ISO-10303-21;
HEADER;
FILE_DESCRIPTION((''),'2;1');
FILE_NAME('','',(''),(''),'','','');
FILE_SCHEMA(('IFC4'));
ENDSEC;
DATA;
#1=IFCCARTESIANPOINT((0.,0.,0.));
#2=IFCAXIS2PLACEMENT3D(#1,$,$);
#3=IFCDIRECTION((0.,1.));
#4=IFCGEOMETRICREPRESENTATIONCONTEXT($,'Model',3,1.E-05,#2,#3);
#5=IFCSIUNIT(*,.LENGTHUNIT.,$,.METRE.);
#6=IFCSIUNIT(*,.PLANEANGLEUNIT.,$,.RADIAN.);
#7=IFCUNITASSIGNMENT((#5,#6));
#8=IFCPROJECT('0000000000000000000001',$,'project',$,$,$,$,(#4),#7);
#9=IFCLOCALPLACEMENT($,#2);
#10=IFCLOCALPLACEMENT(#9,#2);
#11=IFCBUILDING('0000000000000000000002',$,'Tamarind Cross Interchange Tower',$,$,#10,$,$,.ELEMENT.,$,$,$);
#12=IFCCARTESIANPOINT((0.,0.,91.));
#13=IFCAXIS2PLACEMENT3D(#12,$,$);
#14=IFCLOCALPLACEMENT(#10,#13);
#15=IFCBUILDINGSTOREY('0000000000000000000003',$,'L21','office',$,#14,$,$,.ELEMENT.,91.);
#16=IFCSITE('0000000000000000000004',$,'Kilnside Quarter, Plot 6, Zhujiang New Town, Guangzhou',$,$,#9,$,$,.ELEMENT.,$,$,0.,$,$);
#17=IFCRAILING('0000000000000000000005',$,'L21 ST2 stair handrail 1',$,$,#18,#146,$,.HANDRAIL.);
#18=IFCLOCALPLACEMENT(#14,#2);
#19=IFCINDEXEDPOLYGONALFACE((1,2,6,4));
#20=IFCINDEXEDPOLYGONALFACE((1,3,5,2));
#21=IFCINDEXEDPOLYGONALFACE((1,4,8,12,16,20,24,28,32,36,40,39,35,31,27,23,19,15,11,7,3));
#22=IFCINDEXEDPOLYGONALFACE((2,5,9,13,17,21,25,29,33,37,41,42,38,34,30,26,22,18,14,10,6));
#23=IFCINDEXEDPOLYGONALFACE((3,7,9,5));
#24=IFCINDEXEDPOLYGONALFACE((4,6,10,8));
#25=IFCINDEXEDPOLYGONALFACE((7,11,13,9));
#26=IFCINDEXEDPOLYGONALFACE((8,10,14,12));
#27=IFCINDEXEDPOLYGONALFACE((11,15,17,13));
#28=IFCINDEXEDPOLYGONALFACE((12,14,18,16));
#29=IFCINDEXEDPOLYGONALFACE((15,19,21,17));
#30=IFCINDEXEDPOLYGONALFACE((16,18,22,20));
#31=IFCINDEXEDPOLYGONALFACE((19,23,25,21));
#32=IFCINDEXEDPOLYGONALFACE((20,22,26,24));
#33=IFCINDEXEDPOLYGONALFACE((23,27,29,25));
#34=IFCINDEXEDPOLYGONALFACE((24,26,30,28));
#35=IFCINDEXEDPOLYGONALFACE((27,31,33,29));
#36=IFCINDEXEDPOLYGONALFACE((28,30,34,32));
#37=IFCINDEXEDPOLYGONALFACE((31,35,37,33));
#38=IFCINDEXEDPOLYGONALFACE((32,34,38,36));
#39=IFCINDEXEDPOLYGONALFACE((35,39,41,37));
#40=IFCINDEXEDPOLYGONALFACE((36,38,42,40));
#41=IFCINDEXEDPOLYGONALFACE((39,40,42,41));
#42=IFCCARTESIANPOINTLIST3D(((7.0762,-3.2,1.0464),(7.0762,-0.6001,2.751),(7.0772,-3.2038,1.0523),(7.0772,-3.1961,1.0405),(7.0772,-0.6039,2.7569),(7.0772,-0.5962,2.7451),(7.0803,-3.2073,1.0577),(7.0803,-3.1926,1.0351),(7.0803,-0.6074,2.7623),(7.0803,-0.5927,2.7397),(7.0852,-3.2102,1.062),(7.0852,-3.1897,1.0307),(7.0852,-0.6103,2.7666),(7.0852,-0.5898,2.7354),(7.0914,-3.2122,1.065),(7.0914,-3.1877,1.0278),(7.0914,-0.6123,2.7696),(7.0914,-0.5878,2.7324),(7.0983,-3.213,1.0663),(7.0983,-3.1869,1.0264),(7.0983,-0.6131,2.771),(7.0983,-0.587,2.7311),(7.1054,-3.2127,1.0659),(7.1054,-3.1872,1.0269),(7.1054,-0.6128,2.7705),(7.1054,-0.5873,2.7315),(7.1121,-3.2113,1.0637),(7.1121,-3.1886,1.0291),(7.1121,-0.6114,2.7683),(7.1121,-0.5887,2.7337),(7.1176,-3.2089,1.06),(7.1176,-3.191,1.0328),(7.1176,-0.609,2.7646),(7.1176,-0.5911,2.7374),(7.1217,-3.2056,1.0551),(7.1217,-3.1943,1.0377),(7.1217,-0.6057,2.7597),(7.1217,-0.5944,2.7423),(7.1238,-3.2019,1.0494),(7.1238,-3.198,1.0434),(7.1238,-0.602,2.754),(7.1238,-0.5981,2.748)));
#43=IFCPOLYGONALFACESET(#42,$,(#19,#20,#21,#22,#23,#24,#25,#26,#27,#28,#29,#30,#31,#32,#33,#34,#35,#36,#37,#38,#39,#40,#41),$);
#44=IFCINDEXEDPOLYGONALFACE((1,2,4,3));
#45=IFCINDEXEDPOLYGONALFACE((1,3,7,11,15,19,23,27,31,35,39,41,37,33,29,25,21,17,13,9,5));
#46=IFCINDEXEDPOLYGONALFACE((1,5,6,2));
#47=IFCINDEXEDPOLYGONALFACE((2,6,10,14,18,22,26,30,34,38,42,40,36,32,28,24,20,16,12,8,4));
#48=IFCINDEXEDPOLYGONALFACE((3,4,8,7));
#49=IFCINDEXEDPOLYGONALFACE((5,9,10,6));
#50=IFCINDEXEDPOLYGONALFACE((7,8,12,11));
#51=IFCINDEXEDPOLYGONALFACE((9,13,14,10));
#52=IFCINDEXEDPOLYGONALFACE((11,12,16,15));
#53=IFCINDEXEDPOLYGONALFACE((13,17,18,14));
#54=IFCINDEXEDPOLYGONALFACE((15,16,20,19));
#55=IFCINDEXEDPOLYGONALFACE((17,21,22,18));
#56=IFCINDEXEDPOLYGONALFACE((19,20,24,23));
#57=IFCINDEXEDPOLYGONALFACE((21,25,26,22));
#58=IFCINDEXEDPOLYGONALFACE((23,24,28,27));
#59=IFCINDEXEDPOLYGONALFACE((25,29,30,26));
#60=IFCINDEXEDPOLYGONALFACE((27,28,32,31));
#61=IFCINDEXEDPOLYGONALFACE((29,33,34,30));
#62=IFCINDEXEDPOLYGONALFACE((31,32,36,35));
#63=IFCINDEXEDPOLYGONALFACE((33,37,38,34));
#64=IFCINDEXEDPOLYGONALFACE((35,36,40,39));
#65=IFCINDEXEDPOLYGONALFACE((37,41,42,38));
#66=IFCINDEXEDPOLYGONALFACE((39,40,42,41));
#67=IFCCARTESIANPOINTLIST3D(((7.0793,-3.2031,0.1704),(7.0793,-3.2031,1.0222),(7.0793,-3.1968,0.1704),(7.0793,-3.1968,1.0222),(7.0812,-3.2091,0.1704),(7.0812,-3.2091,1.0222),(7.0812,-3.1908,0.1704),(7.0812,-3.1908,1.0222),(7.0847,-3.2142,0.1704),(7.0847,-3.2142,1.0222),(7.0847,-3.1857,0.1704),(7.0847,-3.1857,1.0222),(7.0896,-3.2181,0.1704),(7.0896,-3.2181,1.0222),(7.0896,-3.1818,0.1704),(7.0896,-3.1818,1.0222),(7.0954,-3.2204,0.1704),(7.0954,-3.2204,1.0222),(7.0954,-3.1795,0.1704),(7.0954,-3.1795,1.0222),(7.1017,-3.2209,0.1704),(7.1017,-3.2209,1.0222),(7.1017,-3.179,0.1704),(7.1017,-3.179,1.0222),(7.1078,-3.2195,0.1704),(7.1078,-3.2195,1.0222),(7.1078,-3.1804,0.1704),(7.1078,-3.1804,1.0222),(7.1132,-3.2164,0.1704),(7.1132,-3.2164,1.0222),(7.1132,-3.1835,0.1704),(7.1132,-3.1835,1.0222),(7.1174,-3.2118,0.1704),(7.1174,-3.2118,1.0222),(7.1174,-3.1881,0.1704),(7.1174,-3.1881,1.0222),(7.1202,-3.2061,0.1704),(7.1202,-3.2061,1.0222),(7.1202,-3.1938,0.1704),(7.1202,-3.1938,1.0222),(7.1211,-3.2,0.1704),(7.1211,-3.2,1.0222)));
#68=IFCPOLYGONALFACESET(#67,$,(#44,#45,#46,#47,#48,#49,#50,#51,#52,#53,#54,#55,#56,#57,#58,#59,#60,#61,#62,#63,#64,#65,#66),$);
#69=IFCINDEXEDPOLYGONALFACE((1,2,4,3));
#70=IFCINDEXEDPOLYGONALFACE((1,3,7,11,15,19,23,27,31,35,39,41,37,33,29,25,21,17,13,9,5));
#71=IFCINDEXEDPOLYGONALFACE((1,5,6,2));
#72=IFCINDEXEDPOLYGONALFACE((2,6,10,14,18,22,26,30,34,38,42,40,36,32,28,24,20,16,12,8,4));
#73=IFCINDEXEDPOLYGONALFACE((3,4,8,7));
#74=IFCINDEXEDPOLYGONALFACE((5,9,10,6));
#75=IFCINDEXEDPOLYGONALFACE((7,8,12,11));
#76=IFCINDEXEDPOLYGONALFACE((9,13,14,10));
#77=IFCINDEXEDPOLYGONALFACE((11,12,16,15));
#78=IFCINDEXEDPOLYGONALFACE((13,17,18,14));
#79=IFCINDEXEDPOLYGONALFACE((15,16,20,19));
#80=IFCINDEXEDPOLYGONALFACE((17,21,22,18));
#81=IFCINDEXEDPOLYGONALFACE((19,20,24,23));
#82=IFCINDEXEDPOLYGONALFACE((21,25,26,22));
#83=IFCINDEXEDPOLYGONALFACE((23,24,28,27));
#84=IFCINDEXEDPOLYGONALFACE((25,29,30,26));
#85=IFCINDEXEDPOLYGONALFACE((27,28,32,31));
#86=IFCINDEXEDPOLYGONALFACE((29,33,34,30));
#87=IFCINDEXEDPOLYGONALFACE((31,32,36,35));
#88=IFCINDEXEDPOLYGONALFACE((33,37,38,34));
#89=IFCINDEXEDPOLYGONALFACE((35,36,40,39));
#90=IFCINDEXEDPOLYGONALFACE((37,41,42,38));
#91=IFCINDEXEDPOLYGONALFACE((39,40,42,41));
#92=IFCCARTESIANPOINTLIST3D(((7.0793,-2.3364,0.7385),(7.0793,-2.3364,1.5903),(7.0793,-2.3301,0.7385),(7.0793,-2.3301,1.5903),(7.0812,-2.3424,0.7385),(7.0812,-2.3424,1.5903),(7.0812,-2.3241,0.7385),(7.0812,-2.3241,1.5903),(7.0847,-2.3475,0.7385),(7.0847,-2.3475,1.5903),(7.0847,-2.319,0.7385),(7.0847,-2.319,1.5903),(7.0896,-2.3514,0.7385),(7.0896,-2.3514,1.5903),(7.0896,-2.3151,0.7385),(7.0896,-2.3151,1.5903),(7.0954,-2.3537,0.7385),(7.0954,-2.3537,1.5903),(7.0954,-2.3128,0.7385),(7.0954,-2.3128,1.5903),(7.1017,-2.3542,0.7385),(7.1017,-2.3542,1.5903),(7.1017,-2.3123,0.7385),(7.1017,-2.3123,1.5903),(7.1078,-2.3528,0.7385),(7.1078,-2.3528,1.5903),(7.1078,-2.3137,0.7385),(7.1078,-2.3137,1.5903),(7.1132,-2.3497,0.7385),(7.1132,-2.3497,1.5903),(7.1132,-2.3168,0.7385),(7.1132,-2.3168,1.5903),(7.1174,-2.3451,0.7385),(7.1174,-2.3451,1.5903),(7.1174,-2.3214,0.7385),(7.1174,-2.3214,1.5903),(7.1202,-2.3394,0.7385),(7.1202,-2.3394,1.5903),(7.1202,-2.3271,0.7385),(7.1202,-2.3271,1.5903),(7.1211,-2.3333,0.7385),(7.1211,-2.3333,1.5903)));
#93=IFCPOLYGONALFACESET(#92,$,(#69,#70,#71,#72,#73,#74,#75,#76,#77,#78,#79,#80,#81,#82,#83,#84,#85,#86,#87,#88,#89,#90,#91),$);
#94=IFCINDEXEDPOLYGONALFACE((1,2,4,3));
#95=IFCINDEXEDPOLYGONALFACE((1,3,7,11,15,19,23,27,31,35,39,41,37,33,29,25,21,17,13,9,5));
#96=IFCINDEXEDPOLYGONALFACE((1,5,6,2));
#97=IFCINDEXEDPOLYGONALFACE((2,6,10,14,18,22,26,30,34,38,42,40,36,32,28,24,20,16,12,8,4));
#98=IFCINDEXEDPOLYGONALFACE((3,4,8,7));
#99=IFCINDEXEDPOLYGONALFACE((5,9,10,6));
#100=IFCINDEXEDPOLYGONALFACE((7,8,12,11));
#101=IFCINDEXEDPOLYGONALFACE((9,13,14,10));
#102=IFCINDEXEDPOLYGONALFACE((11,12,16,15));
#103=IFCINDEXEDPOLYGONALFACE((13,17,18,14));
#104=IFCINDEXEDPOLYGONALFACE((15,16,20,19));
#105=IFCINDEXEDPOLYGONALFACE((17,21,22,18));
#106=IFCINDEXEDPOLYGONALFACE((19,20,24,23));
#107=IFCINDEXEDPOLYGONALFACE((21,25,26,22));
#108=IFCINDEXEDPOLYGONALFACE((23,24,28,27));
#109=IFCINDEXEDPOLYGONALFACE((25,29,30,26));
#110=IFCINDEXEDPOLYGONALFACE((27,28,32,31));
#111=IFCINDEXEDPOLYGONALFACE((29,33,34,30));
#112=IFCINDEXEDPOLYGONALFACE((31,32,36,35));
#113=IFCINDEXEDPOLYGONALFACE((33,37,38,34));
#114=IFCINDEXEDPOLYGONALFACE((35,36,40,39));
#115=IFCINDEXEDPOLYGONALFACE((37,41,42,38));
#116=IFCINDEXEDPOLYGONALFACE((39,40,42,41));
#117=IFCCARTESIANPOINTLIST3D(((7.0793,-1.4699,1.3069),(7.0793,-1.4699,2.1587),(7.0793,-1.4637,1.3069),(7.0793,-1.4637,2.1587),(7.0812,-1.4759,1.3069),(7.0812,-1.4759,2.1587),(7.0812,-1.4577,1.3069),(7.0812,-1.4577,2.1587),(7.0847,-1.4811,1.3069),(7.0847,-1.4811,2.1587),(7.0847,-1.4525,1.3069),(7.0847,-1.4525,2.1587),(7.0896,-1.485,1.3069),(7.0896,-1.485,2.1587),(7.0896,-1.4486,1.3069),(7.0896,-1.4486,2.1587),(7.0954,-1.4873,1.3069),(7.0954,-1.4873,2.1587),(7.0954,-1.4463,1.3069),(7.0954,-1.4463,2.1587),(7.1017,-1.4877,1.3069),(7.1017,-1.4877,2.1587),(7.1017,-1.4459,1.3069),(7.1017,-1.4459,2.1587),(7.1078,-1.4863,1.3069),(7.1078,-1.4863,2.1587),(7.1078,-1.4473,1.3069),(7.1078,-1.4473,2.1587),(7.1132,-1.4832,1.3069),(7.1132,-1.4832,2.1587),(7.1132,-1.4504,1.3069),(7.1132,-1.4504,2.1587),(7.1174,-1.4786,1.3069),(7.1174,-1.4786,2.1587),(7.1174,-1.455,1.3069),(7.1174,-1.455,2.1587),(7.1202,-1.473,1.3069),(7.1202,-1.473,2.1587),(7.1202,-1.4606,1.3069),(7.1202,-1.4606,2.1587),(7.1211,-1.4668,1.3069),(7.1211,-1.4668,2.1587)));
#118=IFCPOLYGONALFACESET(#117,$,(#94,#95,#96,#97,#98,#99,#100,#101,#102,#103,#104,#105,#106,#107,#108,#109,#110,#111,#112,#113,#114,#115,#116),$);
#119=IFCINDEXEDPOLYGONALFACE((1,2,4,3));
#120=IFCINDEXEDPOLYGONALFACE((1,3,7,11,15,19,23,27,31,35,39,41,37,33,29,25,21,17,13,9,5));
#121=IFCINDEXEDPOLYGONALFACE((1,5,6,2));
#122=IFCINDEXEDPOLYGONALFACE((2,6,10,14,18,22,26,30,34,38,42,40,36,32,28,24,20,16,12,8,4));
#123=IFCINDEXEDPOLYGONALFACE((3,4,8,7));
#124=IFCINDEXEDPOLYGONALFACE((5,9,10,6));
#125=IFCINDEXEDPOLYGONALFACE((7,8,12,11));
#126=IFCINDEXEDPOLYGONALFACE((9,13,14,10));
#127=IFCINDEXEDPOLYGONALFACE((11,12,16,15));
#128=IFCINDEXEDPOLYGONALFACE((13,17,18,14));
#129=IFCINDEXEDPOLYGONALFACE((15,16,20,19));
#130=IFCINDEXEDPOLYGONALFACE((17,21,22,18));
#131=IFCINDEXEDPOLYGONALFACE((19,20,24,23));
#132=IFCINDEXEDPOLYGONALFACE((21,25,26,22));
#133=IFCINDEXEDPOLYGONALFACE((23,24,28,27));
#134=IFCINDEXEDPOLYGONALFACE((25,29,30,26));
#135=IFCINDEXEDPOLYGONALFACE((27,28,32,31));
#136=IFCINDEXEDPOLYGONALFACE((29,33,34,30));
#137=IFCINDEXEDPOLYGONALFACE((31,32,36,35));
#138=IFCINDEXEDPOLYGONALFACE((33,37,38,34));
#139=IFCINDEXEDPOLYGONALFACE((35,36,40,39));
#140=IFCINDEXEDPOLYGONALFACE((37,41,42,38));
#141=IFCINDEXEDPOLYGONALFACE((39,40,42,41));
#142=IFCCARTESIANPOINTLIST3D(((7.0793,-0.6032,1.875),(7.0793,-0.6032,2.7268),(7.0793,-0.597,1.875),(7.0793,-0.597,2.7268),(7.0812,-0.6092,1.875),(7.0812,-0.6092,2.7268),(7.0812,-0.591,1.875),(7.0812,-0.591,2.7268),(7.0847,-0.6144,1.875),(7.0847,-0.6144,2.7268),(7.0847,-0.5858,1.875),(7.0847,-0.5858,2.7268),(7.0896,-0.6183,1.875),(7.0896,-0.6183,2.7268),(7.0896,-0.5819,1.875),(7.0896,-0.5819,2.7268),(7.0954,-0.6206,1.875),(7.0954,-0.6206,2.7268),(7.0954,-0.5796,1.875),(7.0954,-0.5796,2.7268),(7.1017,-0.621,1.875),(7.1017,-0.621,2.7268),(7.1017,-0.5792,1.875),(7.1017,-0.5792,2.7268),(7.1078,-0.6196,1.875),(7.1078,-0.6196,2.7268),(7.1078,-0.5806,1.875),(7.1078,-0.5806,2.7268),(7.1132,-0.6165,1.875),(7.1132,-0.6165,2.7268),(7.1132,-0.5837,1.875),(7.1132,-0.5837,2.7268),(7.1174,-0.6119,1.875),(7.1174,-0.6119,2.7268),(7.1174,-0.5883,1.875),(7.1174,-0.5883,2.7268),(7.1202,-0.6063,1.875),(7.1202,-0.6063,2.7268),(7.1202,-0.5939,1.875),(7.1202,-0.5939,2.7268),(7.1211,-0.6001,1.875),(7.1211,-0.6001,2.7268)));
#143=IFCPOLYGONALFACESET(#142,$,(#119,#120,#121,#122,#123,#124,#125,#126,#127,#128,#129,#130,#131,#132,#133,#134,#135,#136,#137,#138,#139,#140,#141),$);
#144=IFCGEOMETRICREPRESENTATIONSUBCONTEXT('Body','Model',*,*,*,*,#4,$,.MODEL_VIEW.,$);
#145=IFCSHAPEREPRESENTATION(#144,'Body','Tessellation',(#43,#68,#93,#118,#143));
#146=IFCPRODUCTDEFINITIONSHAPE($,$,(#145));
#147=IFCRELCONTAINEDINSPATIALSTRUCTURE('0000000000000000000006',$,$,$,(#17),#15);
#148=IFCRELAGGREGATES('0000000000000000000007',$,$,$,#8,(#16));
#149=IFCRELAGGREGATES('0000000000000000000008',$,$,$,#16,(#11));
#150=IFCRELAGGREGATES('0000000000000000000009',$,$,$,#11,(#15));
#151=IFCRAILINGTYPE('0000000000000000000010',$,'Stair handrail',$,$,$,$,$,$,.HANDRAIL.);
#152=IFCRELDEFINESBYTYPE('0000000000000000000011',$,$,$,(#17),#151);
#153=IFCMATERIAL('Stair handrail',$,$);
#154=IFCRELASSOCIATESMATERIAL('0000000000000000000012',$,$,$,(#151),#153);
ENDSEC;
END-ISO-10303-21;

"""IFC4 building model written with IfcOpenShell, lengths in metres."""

from ifc_helpers import new_model, si_unit, direction, frame, origin, origin_2d, place, context, subcontext, project, spatial, circle, extrude, material, type_object, element, save


model = new_model("IFC4")

# Units and contexts
model_context = context("Model", 3, precision=1e-05, world=origin(), true_north=direction((0.0, 1.0)))
body_context = subcontext(model_context, "Body", "Model", "MODEL_VIEW")
ifc_project = project(units=[si_unit("LENGTHUNIT", "METRE"), si_unit("PLANEANGLEUNIT", "RADIAN")], contexts=[model_context])

# Site, building, storey
site_placement = place(None, origin())
site = spatial("IfcSite", under=ifc_project, at=site_placement, Name="Kilnside Quarter, Plot 6, Zhujiang New Town, Guangzhou", CompositionType="ELEMENT", RefElevation=0.0)
building_placement = place(site_placement, origin())
building = spatial("IfcBuilding", under=site, at=building_placement, Name="Tamarind Cross Interchange Tower", CompositionType="ELEMENT")
storey_placement = place(building_placement, frame((0.0, 0.0, 91.0)))
storey = spatial("IfcBuildingStorey", under=building, at=storey_placement, Name="L21", Description="office", CompositionType="ELEMENT", Elevation=91.0)

# Railing
ifc_material_1 = material(Name="Stair handrail")
railing_type_1 = type_object("IfcRailingType", Name="Stair handrail", PredefinedType="HANDRAIL", material=ifc_material_1)
railing_1_placement = place(storey_placement, frame((7.1001, -3.2, 0.1704)))
element("IfcRailing", 1, at=railing_1_placement, inside=storey, type_object=railing_type_1, Name="L21 ST2 stair handrail 1", PredefinedType="HANDRAIL", context=body_context, shape_type="SweptSolid", body=[
    extrude(circle(Radius=0.0239, at=origin_2d()), frame((0.0, 0.0, 0.876), z_axis=(0.0, 0.836279, 0.548305), x_axis=(-1.0, 0.0, 0.0)), (0.0, 0.0, 1.0), 3.1089),
    extrude(circle(Radius=0.021, at=origin_2d()), origin(), (0.0, 0.0, 1.0), 0.8518),
    extrude(circle(Radius=0.021, at=origin_2d()), frame((0.0, 0.8667, 0.5681)), (0.0, 0.0, 1.0), 0.8518),
    extrude(circle(Radius=0.021, at=origin_2d()), frame((0.0, 1.7332, 1.1365)), (0.0, 0.0, 1.0), 0.8518),
    extrude(circle(Radius=0.021, at=origin_2d()), frame((0.0, 2.5999, 1.7046)), (0.0, 0.0, 1.0), 0.8518),
])

save(model, "model.ifc")
